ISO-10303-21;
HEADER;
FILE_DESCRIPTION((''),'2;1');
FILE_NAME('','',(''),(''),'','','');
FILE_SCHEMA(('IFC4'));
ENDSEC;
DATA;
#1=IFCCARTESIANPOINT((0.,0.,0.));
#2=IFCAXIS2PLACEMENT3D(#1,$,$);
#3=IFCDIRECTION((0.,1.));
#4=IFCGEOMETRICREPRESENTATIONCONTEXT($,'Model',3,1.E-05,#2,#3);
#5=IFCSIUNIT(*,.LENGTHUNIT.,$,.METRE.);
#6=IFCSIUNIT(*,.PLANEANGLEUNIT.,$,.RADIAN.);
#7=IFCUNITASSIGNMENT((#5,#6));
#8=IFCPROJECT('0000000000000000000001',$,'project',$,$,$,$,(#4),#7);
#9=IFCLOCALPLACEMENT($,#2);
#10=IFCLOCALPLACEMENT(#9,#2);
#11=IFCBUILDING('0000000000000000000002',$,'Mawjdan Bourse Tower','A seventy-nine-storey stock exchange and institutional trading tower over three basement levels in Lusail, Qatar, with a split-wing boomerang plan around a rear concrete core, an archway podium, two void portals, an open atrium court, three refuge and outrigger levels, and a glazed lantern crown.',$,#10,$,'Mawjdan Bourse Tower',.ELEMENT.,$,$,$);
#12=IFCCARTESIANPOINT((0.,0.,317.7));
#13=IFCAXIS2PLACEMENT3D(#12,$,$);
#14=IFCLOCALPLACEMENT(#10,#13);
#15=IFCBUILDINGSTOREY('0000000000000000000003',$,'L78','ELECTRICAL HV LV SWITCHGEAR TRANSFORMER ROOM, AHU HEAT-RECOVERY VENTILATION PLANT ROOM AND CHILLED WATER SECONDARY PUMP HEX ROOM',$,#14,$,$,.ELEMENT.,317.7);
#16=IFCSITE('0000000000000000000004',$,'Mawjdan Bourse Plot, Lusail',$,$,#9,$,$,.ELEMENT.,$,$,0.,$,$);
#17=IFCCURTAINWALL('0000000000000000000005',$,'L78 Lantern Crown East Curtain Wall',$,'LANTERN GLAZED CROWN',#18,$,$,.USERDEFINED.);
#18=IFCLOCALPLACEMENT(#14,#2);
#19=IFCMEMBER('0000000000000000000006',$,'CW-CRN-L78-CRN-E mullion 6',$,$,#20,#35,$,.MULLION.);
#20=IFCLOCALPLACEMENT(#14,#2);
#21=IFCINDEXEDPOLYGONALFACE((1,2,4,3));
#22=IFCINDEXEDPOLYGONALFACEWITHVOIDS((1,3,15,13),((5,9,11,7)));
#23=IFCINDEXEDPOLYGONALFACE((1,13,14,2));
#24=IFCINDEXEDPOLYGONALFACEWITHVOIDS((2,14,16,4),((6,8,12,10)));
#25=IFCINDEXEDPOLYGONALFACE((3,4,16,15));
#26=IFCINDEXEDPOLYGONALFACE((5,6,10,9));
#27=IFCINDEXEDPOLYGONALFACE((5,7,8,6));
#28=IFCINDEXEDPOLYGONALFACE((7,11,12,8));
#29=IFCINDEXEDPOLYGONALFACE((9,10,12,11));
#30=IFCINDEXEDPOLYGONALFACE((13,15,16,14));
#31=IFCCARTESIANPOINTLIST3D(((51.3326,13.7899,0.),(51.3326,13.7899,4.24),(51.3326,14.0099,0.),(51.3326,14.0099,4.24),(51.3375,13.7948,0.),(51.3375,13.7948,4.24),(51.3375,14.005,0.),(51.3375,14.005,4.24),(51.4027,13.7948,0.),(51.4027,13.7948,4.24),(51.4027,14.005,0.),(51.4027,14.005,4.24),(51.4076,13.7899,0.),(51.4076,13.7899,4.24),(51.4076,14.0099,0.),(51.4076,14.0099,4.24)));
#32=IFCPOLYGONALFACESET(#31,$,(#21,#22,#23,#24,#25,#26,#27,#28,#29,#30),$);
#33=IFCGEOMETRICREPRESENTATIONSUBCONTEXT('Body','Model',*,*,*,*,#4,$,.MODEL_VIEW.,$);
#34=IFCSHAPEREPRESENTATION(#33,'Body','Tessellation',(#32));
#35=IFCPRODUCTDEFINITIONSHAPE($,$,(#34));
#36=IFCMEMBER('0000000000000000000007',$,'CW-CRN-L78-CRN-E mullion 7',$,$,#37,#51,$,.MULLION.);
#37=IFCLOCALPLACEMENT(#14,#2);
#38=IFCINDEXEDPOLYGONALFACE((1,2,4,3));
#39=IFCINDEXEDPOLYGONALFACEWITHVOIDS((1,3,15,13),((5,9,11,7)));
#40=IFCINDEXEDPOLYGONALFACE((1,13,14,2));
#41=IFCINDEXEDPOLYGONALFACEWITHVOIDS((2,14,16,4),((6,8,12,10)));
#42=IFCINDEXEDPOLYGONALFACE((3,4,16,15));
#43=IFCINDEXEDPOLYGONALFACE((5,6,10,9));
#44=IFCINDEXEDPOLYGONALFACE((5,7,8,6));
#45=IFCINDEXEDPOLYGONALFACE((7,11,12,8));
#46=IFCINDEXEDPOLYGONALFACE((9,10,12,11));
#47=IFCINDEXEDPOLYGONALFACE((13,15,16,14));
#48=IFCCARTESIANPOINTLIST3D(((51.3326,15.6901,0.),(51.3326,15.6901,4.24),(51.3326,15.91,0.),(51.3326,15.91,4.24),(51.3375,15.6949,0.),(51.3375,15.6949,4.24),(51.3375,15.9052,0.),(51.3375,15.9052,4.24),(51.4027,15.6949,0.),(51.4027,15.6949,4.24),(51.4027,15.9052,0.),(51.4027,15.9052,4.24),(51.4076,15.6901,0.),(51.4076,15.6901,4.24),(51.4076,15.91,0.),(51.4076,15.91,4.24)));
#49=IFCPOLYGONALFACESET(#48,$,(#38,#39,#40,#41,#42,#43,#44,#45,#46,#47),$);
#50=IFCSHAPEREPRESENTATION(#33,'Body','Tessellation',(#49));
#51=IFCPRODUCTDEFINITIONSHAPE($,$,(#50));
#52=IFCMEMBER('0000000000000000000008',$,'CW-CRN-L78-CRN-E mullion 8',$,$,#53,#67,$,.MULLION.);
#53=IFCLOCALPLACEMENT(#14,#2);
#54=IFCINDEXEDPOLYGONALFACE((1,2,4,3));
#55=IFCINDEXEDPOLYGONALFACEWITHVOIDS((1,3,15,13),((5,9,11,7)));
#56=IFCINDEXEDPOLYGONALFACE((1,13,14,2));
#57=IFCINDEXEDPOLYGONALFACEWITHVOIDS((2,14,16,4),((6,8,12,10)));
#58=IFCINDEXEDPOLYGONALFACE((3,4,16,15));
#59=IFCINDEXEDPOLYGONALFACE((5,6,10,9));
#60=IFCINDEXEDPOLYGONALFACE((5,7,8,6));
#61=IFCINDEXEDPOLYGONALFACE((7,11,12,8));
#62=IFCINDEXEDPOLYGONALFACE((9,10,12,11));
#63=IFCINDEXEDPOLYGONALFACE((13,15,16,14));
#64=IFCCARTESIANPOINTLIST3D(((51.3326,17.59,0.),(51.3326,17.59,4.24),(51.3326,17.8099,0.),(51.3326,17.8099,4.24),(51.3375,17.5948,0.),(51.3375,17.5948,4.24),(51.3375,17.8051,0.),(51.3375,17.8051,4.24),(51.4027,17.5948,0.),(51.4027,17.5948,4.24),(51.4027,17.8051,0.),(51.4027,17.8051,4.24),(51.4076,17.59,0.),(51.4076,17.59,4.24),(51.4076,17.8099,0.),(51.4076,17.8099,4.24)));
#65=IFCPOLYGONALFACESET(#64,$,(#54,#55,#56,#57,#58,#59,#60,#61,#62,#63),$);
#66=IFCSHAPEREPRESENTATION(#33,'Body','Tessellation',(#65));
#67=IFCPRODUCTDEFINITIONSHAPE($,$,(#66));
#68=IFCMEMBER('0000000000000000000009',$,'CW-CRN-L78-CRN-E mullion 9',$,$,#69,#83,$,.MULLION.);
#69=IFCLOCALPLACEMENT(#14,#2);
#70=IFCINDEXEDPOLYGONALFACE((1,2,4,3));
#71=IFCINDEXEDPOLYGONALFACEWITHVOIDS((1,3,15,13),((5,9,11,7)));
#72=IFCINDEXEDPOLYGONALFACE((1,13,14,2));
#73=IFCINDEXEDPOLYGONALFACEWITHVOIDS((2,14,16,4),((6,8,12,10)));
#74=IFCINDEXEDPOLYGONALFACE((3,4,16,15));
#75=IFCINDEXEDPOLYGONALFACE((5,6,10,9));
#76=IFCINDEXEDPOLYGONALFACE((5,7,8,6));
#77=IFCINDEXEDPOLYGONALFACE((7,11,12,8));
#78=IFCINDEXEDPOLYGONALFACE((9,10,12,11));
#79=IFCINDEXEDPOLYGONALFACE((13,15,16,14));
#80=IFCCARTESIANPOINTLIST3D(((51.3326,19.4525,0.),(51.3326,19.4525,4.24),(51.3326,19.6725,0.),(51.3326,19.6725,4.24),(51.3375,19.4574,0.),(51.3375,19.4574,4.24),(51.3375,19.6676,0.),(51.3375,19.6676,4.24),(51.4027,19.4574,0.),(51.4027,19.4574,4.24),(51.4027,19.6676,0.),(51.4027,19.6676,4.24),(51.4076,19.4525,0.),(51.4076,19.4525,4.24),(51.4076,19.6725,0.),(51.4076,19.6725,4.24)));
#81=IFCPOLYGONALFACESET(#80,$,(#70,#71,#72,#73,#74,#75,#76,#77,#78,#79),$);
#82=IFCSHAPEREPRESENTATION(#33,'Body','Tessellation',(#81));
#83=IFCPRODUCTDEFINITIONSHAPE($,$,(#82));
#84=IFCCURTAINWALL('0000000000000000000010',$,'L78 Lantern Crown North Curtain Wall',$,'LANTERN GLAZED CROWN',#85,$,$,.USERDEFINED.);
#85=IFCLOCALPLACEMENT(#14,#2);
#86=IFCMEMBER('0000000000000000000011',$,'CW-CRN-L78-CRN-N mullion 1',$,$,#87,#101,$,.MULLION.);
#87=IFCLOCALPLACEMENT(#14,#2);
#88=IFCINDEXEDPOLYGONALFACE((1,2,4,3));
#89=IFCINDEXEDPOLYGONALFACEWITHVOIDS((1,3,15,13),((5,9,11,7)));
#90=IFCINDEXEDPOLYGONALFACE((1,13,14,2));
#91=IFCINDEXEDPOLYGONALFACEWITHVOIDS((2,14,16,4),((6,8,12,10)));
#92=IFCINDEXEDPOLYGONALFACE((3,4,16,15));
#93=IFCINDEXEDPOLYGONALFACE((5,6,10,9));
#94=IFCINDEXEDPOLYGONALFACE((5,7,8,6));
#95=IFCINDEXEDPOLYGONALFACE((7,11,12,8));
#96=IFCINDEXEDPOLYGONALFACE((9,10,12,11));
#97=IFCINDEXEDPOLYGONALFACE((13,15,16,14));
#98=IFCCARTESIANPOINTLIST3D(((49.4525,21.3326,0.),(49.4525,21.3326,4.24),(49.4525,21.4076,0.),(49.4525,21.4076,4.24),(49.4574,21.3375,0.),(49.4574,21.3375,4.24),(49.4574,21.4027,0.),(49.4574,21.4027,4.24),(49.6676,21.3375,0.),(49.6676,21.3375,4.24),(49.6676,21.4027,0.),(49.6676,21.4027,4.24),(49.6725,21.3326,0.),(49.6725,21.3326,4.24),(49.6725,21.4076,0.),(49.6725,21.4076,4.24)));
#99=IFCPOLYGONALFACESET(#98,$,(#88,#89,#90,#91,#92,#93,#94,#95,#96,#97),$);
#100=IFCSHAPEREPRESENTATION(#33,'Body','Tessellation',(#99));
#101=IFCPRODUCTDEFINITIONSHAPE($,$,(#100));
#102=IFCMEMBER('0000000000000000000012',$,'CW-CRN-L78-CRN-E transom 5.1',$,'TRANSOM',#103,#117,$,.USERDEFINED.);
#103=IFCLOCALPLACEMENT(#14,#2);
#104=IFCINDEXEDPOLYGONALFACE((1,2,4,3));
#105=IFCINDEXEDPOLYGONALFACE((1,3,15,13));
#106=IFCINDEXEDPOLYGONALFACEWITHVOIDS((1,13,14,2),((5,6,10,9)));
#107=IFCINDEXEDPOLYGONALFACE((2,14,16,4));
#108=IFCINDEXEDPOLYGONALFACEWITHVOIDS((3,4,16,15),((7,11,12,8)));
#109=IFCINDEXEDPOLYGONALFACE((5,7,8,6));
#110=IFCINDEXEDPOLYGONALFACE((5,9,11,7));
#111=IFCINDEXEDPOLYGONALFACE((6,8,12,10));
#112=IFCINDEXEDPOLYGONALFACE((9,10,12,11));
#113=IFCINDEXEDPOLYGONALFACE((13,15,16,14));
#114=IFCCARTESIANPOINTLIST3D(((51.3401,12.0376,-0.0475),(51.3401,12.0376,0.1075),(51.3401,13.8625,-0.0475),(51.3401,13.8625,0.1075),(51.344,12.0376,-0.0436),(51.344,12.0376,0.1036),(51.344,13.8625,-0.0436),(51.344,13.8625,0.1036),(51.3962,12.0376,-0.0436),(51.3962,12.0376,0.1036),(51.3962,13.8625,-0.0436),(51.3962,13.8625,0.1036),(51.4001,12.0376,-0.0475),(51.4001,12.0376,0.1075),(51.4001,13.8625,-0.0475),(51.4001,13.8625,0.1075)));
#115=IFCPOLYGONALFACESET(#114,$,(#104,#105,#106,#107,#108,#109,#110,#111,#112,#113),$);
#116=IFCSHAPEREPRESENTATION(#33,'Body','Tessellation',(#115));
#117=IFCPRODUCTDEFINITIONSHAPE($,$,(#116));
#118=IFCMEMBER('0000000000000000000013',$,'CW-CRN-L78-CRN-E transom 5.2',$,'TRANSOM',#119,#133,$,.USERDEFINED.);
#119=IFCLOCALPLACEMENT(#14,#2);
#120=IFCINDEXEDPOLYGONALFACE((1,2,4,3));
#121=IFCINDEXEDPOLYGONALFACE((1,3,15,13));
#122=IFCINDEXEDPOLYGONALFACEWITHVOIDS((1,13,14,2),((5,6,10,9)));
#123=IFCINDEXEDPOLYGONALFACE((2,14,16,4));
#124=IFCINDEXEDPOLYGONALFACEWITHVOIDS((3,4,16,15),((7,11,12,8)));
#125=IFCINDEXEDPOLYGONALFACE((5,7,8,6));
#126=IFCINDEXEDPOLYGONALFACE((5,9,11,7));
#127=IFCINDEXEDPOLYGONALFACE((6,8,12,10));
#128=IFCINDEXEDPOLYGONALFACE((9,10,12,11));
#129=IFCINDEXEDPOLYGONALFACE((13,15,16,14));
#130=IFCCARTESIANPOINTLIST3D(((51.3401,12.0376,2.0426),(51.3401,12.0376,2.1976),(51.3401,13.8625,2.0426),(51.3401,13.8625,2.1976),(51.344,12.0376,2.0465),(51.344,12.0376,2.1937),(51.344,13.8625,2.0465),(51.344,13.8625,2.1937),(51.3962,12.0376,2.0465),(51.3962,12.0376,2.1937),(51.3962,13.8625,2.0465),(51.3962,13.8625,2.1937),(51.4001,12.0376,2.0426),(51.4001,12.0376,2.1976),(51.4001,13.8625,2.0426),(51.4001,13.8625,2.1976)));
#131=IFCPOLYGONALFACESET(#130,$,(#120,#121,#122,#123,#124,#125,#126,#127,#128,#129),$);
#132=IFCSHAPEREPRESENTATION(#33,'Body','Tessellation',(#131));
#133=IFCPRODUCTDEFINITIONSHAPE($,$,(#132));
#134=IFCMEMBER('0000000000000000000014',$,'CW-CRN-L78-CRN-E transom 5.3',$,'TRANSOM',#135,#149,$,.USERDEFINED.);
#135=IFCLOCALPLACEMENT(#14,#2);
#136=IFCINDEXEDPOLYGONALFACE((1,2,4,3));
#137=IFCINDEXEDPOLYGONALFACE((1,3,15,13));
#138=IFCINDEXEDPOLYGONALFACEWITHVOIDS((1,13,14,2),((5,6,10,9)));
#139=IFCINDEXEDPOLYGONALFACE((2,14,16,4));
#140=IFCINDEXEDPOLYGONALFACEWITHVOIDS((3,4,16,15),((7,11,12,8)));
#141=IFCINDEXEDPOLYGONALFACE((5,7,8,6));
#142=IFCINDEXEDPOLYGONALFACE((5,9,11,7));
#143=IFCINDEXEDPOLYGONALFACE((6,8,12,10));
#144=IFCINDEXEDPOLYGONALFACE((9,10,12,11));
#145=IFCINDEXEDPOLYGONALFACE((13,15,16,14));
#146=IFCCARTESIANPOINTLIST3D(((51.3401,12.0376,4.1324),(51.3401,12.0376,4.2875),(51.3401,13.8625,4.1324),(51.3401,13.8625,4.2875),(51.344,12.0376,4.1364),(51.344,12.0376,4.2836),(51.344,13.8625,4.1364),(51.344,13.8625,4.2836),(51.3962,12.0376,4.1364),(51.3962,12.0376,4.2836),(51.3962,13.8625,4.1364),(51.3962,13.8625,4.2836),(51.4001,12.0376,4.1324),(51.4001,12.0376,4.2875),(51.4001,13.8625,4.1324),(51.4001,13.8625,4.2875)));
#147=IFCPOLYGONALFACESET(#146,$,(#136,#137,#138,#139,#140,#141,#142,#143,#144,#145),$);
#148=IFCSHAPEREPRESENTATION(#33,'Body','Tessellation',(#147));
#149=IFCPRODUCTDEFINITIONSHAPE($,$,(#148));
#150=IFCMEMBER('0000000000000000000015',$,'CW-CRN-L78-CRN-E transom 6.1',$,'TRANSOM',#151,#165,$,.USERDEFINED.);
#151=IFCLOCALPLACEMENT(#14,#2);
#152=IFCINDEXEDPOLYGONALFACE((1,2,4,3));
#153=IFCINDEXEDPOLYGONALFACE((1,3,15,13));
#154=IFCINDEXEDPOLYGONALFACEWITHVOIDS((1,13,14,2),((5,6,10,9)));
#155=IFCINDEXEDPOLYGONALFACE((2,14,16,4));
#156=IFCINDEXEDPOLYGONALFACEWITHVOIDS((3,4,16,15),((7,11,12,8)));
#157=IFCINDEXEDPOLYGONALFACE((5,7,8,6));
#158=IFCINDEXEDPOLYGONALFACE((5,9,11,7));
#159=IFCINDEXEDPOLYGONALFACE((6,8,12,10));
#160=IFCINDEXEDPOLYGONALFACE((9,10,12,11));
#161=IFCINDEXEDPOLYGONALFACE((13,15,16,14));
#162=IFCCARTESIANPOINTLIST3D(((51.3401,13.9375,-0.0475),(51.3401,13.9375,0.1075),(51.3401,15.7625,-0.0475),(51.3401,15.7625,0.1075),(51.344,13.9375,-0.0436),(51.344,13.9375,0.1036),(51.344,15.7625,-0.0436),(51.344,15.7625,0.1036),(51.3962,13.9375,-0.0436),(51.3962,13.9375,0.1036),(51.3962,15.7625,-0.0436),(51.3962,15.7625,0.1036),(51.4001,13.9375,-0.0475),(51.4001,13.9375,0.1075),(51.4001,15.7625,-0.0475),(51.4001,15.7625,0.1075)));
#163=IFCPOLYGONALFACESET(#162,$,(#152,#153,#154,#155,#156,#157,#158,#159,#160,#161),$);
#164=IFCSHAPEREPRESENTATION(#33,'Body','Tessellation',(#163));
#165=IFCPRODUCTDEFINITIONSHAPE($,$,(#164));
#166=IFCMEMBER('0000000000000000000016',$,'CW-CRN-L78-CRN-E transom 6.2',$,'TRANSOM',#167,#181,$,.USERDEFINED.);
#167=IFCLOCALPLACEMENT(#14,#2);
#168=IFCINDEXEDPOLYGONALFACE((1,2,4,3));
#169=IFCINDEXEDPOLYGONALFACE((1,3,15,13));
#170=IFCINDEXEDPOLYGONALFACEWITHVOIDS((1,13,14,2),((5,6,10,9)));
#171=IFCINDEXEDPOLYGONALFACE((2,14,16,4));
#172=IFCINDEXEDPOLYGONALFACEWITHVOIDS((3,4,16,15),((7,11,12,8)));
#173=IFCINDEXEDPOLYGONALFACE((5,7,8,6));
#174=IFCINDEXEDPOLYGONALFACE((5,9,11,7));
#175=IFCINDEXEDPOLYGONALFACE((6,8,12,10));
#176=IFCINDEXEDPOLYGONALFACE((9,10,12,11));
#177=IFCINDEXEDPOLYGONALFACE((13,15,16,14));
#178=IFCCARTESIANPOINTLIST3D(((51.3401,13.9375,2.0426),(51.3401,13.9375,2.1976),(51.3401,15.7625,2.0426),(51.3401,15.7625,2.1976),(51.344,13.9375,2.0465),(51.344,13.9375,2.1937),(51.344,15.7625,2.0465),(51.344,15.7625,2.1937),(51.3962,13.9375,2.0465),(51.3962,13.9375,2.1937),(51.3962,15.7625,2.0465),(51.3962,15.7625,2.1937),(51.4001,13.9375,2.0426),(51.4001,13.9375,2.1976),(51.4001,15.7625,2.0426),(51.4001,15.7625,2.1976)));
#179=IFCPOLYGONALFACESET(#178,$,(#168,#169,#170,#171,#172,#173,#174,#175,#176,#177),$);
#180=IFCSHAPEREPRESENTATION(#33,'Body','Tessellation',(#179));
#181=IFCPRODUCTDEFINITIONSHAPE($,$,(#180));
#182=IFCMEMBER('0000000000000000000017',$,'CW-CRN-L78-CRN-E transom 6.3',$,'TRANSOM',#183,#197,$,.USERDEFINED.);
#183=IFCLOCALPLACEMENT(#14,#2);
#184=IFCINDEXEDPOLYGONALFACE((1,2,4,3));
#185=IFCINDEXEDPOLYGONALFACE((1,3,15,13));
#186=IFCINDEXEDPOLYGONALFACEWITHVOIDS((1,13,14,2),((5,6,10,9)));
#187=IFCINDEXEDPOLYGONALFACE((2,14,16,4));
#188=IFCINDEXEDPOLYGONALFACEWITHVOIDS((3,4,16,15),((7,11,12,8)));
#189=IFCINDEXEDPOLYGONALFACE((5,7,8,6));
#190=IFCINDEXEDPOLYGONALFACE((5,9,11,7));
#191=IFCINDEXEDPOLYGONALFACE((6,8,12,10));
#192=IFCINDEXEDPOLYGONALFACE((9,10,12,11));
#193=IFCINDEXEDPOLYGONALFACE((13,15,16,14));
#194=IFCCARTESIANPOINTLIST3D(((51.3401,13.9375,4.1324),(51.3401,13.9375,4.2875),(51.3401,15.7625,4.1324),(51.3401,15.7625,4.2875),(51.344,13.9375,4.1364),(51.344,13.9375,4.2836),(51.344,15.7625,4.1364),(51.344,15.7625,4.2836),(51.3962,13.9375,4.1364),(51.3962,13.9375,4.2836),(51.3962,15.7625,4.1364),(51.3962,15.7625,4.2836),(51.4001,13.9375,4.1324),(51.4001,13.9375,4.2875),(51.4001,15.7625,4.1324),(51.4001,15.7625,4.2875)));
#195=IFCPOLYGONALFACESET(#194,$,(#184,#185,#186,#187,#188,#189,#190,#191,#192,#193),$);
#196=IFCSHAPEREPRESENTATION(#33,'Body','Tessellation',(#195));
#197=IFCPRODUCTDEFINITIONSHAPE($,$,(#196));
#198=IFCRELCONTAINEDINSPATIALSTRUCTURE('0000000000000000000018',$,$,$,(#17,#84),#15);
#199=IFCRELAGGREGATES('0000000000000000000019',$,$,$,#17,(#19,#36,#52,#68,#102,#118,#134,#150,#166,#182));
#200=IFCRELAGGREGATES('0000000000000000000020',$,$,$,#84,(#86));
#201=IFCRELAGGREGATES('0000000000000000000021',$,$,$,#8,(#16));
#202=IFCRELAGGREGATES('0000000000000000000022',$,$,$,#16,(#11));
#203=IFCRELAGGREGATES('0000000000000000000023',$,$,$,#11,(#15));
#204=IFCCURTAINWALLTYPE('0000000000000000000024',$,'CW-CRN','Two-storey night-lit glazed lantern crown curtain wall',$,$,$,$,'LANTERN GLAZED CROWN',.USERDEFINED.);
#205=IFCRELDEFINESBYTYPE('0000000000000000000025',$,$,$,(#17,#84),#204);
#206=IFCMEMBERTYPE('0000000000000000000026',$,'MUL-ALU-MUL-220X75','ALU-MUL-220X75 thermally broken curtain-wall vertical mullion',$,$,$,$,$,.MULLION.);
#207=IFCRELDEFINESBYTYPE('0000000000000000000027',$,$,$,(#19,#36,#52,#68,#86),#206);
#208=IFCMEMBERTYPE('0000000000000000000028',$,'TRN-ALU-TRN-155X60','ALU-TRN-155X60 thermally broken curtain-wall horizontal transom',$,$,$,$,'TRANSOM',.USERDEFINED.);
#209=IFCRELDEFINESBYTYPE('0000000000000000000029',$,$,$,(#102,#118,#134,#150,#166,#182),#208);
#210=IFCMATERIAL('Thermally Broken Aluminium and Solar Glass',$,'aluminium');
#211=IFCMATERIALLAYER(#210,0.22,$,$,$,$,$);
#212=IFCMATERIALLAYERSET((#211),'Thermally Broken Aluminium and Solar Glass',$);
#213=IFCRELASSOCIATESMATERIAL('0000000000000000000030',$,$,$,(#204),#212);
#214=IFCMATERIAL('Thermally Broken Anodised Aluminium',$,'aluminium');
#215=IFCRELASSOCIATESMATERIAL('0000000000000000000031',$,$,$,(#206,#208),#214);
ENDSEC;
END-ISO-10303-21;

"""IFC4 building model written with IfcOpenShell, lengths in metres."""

from ifc_helpers import new_model, si_unit, direction, frame, origin, origin_2d, place, context, subcontext, project, spatial, hollow_rectangle, extrude, material, layer, layer_set, material_profile, profile_set, type_object, element, aggregate, save


model = new_model("IFC4")

# Units and contexts
model_context = context("Model", 3, precision=1e-05, world=origin(), true_north=direction((0.0, 1.0)))
body_context = subcontext(model_context, "Body", "Model", "MODEL_VIEW")
ifc_project = project(units=[si_unit("LENGTHUNIT", "METRE"), si_unit("PLANEANGLEUNIT", "RADIAN")], contexts=[model_context])

# Site, building, storey
site_placement = place(None, origin())
site = spatial("IfcSite", under=ifc_project, at=site_placement, Name="Mawjdan Bourse Plot, Lusail", CompositionType="ELEMENT", RefElevation=0.0)
building_placement = place(site_placement, origin())
building = spatial("IfcBuilding", under=site, at=building_placement, Name="Mawjdan Bourse Tower", Description="A seventy-nine-storey stock exchange and institutional trading tower over three basement levels in Lusail, Qatar, with a split-wing boomerang plan around a rear concrete core, an archway podium, two void portals, an open atrium court, three refuge and outrigger levels, and a glazed lantern crown.", LongName="Mawjdan Bourse Tower", CompositionType="ELEMENT")
storey_placement = place(building_placement, frame((0.0, 0.0, 317.7)))
storey = spatial("IfcBuildingStorey", under=building, at=storey_placement, Name="L78", Description="ELECTRICAL HV LV SWITCHGEAR TRANSFORMER ROOM, AHU HEAT-RECOVERY VENTILATION PLANT ROOM AND CHILLED WATER SECONDARY PUMP HEX ROOM", CompositionType="ELEMENT", Elevation=317.7)

# Curtain wall, members
ifc_material_1 = material(Name="Thermally Broken Aluminium and Solar Glass", Category="aluminium")
ifc_layer_1 = layer(ifc_material_1, 0.22)
ifc_layer_set_1 = layer_set([ifc_layer_1], Name="Thermally Broken Aluminium and Solar Glass")
curtain_wall_type = type_object("IfcCurtainWallType", Name="CW-CRN", Description="Two-storey night-lit glazed lantern crown curtain wall", ElementType="LANTERN GLAZED CROWN", PredefinedType="USERDEFINED", material=ifc_layer_set_1)
curtain_wall_1_placement = place(storey_placement, origin())
curtain_wall_1 = element("IfcCurtainWall", 1, at=curtain_wall_1_placement, inside=storey, type_object=curtain_wall_type, Name="L78 Lantern Crown East Curtain Wall", ObjectType="LANTERN GLAZED CROWN", PredefinedType="USERDEFINED")
ifc_material_2 = material(Name="Thermally Broken Anodised Aluminium", Category="aluminium")
ifc_material_profile_1 = material_profile(ifc_material_2, hollow_rectangle(XDim=0.075, YDim=0.22, WallThickness=0.0049, at=origin_2d()), Name="ALU-MUL-220X75")
ifc_profile_set_1 = profile_set([ifc_material_profile_1], Name="Thermally Broken Anodised Aluminium")
member_type_1 = type_object("IfcMemberType", Name="MUL-ALU-MUL-220X75", Description="ALU-MUL-220X75 thermally broken curtain-wall vertical mullion", PredefinedType="MULLION", material=ifc_profile_set_1)
member_1_placement = place(storey_placement, frame((51.3701, 13.8999, 0.0), z_axis=(0.0, 0.0, 1.0), x_axis=(-1.0, 0.0, 0.0)))
member_1 = element("IfcMember", 2, at=member_1_placement, type_object=member_type_1, Name="CW-CRN-L78-CRN-E mullion 6", PredefinedType="MULLION", context=body_context, shape_type="SweptSolid", body=[
    extrude(hollow_rectangle(XDim=0.075, YDim=0.22, WallThickness=0.0049, at=origin_2d()), origin(), (0.0, 0.0, 1.0), 4.24),
])
member_2_placement = place(storey_placement, frame((51.3701, 15.8, 0.0), z_axis=(0.0, 0.0, 1.0), x_axis=(-1.0, 0.0, 0.0)))
member_2 = element("IfcMember", 3, at=member_2_placement, type_object=member_type_1, Name="CW-CRN-L78-CRN-E mullion 7", PredefinedType="MULLION", context=body_context, shape_type="SweptSolid", body=[
    extrude(hollow_rectangle(XDim=0.075, YDim=0.22, WallThickness=0.0049, at=origin_2d()), origin(), (0.0, 0.0, 1.0), 4.24),
])
member_3_placement = place(storey_placement, frame((51.3701, 17.7, 0.0), z_axis=(0.0, 0.0, 1.0), x_axis=(-1.0, 0.0, 0.0)))
member_3 = element("IfcMember", 4, at=member_3_placement, type_object=member_type_1, Name="CW-CRN-L78-CRN-E mullion 8", PredefinedType="MULLION", context=body_context, shape_type="SweptSolid", body=[
    extrude(hollow_rectangle(XDim=0.075, YDim=0.22, WallThickness=0.0049, at=origin_2d()), origin(), (0.0, 0.0, 1.0), 4.24),
])
member_4_placement = place(storey_placement, frame((51.3701, 19.5625, 0.0), z_axis=(0.0, 0.0, 1.0), x_axis=(-1.0, 0.0, 0.0)))
member_4 = element("IfcMember", 5, at=member_4_placement, type_object=member_type_1, Name="CW-CRN-L78-CRN-E mullion 9", PredefinedType="MULLION", context=body_context, shape_type="SweptSolid", body=[
    extrude(hollow_rectangle(XDim=0.075, YDim=0.22, WallThickness=0.0049, at=origin_2d()), origin(), (0.0, 0.0, 1.0), 4.24),
])

# Curtain wall, member
curtain_wall_2_placement = place(storey_placement, origin())
curtain_wall_2 = element("IfcCurtainWall", 6, at=curtain_wall_2_placement, inside=storey, type_object=curtain_wall_type, Name="L78 Lantern Crown North Curtain Wall", ObjectType="LANTERN GLAZED CROWN", PredefinedType="USERDEFINED")
member_5_placement = place(storey_placement, frame((49.5625, 21.3701, 0.0), z_axis=(0.0, 0.0, 1.0), x_axis=(0.0, -1.0, 0.0)))
member_5 = element("IfcMember", 7, at=member_5_placement, type_object=member_type_1, Name="CW-CRN-L78-CRN-N mullion 1", PredefinedType="MULLION", context=body_context, shape_type="SweptSolid", body=[
    extrude(hollow_rectangle(XDim=0.075, YDim=0.22, WallThickness=0.0049, at=origin_2d()), origin(), (0.0, 0.0, 1.0), 4.24),
])

# Members
ifc_material_profile_2 = material_profile(ifc_material_2, hollow_rectangle(XDim=0.0601, YDim=0.155, WallThickness=0.0039, at=origin_2d()), Name="ALU-TRN-155X60")
ifc_profile_set_2 = profile_set([ifc_material_profile_2], Name="Thermally Broken Anodised Aluminium")
member_type_2 = type_object("IfcMemberType", Name="TRN-ALU-TRN-155X60", Description="ALU-TRN-155X60 thermally broken curtain-wall horizontal transom", ElementType="TRANSOM", PredefinedType="USERDEFINED", material=ifc_profile_set_2)
member_6_placement = place(storey_placement, frame((51.3701, 12.0376, 0.03), z_axis=(0.0, 1.0, 0.0), x_axis=(-1.0, 0.0, 0.0)))
member_6 = element("IfcMember", 8, at=member_6_placement, type_object=member_type_2, Name="CW-CRN-L78-CRN-E transom 5.1", ObjectType="TRANSOM", PredefinedType="USERDEFINED", context=body_context, shape_type="SweptSolid", body=[
    extrude(hollow_rectangle(XDim=0.0601, YDim=0.155, WallThickness=0.0039, at=origin_2d()), origin(), (0.0, 0.0, 1.0), 1.825),
])
member_7_placement = place(storey_placement, frame((51.3701, 12.0376, 2.1201), z_axis=(0.0, 1.0, 0.0), x_axis=(-1.0, 0.0, 0.0)))
member_7 = element("IfcMember", 9, at=member_7_placement, type_object=member_type_2, Name="CW-CRN-L78-CRN-E transom 5.2", ObjectType="TRANSOM", PredefinedType="USERDEFINED", context=body_context, shape_type="SweptSolid", body=[
    extrude(hollow_rectangle(XDim=0.0601, YDim=0.155, WallThickness=0.0039, at=origin_2d()), origin(), (0.0, 0.0, 1.0), 1.825),
])
member_8_placement = place(storey_placement, frame((51.3701, 12.0376, 4.21), z_axis=(0.0, 1.0, 0.0), x_axis=(-1.0, 0.0, 0.0)))
member_8 = element("IfcMember", 10, at=member_8_placement, type_object=member_type_2, Name="CW-CRN-L78-CRN-E transom 5.3", ObjectType="TRANSOM", PredefinedType="USERDEFINED", context=body_context, shape_type="SweptSolid", body=[
    extrude(hollow_rectangle(XDim=0.0601, YDim=0.155, WallThickness=0.0039, at=origin_2d()), origin(), (0.0, 0.0, 1.0), 1.825),
])
member_9_placement = place(storey_placement, frame((51.3701, 13.9375, 0.03), z_axis=(0.0, 1.0, 0.0), x_axis=(-1.0, 0.0, 0.0)))
member_9 = element("IfcMember", 11, at=member_9_placement, type_object=member_type_2, Name="CW-CRN-L78-CRN-E transom 6.1", ObjectType="TRANSOM", PredefinedType="USERDEFINED", context=body_context, shape_type="SweptSolid", body=[
    extrude(hollow_rectangle(XDim=0.0601, YDim=0.155, WallThickness=0.0039, at=origin_2d()), origin(), (0.0, 0.0, 1.0), 1.825),
])
member_10_placement = place(storey_placement, frame((51.3701, 13.9375, 2.1201), z_axis=(0.0, 1.0, 0.0), x_axis=(-1.0, 0.0, 0.0)))
member_10 = element("IfcMember", 12, at=member_10_placement, type_object=member_type_2, Name="CW-CRN-L78-CRN-E transom 6.2", ObjectType="TRANSOM", PredefinedType="USERDEFINED", context=body_context, shape_type="SweptSolid", body=[
    extrude(hollow_rectangle(XDim=0.0601, YDim=0.155, WallThickness=0.0039, at=origin_2d()), origin(), (0.0, 0.0, 1.0), 1.825),
])
member_11_placement = place(storey_placement, frame((51.3701, 13.9375, 4.21), z_axis=(0.0, 1.0, 0.0), x_axis=(-1.0, 0.0, 0.0)))
member_11 = element("IfcMember", 13, at=member_11_placement, type_object=member_type_2, Name="CW-CRN-L78-CRN-E transom 6.3", ObjectType="TRANSOM", PredefinedType="USERDEFINED", context=body_context, shape_type="SweptSolid", body=[
    extrude(hollow_rectangle(XDim=0.0601, YDim=0.155, WallThickness=0.0039, at=origin_2d()), origin(), (0.0, 0.0, 1.0), 1.825),
])

aggregate(curtain_wall_1, [member_1, member_2, member_3, member_4, member_6, member_7, member_8, member_9, member_10, member_11])
aggregate(curtain_wall_2, [member_5])

save(model, "model.ifc")
